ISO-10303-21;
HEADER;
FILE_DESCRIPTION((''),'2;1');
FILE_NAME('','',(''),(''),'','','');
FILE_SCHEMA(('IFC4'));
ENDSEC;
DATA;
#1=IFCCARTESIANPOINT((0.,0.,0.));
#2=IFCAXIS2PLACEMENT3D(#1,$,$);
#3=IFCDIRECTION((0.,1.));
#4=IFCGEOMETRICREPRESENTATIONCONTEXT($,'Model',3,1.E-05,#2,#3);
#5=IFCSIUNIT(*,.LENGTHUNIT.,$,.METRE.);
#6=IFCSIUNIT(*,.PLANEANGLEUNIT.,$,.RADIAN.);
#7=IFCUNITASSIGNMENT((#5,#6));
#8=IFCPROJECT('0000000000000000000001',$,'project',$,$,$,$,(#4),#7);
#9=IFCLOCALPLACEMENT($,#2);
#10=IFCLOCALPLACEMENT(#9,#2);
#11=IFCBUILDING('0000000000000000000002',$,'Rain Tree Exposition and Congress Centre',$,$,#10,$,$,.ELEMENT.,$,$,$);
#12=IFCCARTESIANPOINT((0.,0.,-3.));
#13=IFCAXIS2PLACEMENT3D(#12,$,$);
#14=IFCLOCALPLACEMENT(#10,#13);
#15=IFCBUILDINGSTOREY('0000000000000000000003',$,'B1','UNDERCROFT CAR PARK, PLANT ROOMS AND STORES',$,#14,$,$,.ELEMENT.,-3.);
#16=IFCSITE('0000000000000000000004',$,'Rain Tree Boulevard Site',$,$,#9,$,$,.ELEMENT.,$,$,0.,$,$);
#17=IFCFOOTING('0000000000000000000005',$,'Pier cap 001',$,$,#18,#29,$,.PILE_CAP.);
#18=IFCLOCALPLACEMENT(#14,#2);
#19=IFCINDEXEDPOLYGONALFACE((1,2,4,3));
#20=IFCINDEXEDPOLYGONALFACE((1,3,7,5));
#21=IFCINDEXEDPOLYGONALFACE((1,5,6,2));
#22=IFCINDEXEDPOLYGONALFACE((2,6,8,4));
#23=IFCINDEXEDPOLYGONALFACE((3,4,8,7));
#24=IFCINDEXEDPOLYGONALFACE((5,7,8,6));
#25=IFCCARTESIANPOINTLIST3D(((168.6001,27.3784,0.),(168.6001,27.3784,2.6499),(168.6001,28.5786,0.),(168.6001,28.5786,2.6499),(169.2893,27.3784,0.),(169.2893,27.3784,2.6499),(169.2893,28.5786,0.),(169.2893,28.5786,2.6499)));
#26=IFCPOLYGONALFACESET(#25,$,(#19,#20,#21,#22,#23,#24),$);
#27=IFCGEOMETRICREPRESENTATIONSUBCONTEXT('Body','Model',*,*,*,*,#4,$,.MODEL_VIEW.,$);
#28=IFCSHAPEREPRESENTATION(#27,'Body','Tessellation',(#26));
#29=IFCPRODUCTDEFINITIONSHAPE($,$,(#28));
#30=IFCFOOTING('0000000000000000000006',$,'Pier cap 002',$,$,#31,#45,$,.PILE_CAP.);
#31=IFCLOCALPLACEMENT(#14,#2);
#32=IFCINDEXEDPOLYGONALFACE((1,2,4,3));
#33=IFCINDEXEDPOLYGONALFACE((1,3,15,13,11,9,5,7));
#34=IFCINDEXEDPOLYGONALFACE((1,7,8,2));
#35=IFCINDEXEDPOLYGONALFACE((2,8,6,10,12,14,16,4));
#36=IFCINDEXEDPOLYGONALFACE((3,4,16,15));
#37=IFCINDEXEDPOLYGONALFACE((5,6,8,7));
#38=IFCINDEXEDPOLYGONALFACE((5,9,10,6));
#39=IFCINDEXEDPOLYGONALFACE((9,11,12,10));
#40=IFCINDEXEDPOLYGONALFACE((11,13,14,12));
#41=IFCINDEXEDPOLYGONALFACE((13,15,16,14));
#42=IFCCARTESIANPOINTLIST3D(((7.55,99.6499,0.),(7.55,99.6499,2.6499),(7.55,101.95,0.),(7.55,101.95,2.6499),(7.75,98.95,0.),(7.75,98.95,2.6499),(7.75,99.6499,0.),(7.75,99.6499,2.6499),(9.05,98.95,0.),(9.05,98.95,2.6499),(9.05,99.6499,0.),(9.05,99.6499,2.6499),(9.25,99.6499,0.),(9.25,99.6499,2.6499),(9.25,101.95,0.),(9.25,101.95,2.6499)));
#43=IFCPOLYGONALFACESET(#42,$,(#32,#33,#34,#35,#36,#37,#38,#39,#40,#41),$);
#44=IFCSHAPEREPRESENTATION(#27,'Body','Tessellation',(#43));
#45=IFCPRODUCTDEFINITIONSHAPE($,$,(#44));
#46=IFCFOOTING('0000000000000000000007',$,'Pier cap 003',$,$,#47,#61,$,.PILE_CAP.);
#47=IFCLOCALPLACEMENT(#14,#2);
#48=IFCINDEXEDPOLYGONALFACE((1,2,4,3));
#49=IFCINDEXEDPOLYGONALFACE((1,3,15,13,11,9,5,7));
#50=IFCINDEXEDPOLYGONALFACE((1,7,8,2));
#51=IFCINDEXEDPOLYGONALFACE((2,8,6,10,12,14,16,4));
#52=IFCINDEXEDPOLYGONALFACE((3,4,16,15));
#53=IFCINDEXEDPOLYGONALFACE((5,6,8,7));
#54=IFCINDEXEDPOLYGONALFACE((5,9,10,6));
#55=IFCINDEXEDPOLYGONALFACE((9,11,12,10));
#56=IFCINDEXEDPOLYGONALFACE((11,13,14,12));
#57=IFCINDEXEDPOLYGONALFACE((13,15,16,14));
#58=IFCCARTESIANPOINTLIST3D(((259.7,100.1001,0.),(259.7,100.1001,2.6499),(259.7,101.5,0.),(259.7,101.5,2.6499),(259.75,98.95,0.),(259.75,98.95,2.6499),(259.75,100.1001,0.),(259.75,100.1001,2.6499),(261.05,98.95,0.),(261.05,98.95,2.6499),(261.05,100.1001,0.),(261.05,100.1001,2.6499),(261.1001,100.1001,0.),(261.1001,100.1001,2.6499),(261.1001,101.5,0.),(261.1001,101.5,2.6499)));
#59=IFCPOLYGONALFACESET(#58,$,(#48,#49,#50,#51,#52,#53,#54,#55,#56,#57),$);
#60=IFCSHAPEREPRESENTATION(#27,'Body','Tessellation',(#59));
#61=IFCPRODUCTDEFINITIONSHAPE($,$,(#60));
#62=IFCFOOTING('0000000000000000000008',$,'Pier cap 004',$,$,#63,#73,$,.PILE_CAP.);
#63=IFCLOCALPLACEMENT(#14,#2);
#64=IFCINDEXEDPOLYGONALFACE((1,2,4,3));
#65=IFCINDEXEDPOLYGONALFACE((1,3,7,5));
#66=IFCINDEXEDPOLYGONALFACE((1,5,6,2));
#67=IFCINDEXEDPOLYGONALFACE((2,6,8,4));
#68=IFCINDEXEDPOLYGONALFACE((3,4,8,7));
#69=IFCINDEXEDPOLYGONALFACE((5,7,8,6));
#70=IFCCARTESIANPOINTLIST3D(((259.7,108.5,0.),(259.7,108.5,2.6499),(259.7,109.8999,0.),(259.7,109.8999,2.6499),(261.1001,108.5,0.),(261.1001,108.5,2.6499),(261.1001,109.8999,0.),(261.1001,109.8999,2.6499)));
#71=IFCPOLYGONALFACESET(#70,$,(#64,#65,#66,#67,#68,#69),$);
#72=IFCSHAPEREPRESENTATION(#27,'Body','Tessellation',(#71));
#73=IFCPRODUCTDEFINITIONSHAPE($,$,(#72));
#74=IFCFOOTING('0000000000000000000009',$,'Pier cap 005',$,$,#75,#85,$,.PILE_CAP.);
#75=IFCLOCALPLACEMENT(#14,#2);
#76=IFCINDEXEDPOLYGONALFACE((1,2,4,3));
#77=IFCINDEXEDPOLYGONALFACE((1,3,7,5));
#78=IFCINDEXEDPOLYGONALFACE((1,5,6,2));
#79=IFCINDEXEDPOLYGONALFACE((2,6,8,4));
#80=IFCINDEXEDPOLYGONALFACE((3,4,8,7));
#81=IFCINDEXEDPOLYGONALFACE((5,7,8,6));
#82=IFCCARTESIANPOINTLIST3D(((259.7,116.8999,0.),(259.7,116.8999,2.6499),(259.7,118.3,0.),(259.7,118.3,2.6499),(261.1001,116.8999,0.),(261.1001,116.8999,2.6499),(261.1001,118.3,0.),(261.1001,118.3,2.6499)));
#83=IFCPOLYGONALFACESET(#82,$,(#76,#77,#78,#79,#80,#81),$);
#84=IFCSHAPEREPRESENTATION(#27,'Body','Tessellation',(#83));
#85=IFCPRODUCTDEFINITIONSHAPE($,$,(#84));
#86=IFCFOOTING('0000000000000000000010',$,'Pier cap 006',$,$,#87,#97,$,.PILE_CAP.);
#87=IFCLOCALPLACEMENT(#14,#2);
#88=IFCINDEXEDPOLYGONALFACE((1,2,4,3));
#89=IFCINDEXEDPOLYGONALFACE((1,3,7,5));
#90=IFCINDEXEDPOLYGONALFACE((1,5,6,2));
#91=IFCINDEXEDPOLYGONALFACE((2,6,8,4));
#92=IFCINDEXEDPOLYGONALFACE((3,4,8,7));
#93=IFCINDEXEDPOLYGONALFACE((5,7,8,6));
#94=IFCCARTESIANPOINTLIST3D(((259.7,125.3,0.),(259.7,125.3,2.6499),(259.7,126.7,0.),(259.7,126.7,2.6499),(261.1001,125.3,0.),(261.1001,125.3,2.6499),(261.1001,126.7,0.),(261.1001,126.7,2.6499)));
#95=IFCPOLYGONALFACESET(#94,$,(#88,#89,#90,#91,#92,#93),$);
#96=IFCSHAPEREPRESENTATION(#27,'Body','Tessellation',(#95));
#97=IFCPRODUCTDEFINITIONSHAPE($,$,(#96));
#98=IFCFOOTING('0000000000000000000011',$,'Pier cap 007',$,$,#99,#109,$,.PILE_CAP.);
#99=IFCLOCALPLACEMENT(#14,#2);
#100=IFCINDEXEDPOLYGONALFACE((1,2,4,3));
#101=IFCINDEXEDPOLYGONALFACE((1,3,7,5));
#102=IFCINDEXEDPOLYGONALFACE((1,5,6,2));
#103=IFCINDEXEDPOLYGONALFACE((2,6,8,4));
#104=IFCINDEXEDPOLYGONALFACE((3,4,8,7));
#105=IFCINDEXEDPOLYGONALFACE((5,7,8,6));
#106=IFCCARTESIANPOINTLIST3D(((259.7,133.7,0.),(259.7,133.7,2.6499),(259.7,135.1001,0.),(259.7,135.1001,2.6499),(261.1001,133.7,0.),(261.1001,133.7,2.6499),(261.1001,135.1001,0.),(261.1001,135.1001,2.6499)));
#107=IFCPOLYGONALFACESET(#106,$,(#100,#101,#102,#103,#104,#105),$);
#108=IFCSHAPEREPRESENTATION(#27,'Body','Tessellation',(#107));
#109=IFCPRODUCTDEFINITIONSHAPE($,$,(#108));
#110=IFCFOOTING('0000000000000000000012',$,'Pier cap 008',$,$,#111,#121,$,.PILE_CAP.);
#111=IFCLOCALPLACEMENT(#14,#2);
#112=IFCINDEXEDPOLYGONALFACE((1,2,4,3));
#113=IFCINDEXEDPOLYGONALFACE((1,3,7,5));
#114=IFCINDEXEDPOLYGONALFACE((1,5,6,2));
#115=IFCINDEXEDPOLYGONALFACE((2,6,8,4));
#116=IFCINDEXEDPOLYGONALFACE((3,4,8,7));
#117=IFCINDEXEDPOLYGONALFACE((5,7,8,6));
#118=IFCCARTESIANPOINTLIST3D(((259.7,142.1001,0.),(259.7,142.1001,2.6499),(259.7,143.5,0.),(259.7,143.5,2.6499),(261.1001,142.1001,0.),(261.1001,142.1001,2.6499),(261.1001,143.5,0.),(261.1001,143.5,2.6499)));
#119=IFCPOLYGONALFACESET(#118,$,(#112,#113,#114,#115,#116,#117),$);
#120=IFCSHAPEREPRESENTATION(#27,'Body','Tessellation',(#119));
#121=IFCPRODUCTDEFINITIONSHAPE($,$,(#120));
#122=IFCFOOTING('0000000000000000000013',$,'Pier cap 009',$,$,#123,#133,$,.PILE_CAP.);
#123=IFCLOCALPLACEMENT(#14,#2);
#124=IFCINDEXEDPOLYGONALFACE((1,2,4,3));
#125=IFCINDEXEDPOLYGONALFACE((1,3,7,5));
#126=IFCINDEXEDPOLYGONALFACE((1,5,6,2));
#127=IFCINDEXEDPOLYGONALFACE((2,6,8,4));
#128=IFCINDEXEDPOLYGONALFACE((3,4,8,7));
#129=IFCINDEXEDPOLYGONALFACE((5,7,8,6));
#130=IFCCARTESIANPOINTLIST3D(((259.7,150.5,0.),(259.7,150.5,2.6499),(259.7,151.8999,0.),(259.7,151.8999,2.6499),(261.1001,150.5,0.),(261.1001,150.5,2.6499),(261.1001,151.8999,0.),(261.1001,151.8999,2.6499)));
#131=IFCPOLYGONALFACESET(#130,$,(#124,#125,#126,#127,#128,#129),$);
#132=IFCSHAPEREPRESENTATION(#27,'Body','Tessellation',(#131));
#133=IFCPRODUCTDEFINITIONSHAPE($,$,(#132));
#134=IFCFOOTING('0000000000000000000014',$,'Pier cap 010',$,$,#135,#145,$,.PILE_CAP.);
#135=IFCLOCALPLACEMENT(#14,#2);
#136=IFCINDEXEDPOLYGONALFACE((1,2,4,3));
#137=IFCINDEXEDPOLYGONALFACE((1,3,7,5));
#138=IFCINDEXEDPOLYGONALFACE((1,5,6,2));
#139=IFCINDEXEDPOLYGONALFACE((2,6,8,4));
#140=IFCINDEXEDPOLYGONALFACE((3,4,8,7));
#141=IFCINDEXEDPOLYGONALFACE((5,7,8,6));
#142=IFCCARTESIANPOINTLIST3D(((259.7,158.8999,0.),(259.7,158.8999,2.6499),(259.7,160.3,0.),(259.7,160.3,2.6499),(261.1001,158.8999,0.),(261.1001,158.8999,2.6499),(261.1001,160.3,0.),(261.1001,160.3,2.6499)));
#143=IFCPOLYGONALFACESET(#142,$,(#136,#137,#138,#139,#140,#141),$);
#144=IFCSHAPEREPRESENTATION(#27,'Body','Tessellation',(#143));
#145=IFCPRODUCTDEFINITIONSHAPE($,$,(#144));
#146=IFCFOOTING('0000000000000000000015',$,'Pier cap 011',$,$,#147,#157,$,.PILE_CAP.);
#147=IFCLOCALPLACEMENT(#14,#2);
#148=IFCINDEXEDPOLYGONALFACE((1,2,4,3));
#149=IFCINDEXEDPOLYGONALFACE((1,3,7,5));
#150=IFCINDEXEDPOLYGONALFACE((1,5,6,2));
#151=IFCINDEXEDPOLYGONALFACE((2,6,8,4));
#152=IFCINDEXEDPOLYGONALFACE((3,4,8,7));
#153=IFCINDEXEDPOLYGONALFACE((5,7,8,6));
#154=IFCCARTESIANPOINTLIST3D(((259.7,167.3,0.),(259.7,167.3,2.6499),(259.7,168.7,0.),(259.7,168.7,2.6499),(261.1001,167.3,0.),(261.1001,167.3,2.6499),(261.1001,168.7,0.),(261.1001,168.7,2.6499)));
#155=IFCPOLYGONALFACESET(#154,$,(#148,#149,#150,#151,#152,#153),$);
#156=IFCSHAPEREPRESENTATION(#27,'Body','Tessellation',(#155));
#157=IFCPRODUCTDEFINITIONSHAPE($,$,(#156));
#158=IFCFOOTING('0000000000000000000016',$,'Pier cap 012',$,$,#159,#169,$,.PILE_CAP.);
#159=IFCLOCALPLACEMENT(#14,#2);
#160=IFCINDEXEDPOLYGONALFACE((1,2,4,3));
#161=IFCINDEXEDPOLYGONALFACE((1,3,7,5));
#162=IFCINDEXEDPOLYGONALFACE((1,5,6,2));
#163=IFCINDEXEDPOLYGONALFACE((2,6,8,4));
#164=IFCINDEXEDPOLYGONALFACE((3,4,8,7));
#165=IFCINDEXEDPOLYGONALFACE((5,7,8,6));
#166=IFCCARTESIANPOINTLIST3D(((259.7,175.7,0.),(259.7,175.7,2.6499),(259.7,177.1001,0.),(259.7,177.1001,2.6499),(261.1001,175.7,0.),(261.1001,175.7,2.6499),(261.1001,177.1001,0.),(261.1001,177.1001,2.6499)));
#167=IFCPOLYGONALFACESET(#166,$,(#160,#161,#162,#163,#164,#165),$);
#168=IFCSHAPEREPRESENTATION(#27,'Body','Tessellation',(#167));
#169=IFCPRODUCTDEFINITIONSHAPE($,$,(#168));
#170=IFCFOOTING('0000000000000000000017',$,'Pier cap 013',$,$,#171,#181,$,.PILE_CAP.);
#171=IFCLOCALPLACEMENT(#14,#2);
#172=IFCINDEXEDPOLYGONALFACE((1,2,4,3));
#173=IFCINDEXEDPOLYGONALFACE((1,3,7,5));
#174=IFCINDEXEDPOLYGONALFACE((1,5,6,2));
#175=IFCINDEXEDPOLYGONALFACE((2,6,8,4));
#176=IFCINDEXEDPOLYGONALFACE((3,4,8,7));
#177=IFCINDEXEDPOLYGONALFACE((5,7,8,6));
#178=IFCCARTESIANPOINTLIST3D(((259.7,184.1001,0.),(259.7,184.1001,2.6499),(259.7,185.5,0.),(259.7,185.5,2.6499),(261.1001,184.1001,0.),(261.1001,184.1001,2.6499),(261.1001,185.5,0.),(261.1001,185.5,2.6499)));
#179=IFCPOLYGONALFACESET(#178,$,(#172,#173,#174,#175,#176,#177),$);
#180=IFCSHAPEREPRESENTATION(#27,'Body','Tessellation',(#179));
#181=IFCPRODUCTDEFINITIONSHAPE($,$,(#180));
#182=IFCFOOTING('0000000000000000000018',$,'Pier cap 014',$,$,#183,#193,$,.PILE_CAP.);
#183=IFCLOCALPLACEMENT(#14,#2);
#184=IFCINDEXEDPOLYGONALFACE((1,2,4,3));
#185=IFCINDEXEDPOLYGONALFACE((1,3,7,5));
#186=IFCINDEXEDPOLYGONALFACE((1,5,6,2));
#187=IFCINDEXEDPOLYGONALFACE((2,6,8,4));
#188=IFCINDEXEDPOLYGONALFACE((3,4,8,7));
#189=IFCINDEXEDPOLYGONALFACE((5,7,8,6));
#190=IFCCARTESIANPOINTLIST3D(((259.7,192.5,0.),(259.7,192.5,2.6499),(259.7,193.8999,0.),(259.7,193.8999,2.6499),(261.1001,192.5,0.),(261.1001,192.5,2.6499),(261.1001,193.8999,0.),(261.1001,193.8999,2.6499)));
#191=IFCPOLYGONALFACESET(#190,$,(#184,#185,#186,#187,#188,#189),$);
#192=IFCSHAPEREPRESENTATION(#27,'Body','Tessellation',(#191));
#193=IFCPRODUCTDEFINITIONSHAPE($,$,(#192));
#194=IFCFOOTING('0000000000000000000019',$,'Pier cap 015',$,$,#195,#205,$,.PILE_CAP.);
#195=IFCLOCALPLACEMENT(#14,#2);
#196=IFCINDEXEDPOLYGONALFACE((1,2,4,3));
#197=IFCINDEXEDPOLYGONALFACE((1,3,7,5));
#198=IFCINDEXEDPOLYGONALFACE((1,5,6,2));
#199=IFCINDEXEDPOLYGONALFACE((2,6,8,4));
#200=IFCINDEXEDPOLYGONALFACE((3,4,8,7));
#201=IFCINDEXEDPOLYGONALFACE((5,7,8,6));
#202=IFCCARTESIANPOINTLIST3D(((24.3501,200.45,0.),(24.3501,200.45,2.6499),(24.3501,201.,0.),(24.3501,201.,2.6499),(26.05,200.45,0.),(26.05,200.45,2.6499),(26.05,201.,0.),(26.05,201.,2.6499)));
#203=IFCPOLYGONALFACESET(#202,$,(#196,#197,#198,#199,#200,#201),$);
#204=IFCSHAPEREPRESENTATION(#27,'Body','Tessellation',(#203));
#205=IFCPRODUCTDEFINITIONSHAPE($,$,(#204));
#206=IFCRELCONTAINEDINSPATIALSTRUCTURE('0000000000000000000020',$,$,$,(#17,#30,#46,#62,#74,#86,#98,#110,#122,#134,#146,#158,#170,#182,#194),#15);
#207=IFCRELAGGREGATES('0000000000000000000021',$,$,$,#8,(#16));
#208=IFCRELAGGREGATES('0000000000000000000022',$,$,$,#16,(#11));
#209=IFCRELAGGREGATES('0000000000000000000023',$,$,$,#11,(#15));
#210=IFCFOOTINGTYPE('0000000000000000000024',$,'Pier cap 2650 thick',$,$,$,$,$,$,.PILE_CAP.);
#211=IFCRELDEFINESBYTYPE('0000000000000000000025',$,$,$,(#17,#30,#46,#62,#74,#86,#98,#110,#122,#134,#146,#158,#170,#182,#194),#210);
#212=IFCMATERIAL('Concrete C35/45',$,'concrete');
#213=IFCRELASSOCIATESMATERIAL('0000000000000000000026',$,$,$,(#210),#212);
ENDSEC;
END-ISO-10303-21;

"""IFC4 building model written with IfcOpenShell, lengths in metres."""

from ifc_helpers import new_model, si_unit, direction, frame, origin, place, context, subcontext, project, spatial, polyline, outline, extrude, material, type_object, element, save


model = new_model("IFC4")

# Units and contexts
model_context = context("Model", 3, precision=1e-05, world=origin(), true_north=direction((0.0, 1.0)))
body_context = subcontext(model_context, "Body", "Model", "MODEL_VIEW")
ifc_project = project(units=[si_unit("LENGTHUNIT", "METRE"), si_unit("PLANEANGLEUNIT", "RADIAN")], contexts=[model_context])

# Site, building, storey
site_placement = place(None, origin())
site = spatial("IfcSite", under=ifc_project, at=site_placement, Name="Rain Tree Boulevard Site", CompositionType="ELEMENT", RefElevation=0.0)
building_placement = place(site_placement, origin())
building = spatial("IfcBuilding", under=site, at=building_placement, Name="Rain Tree Exposition and Congress Centre", CompositionType="ELEMENT")
storey_placement = place(building_placement, frame((0.0, 0.0, -3.0)))
storey = spatial("IfcBuildingStorey", under=building, at=storey_placement, Name="B1", Description="UNDERCROFT CAR PARK, PLANT ROOMS AND STORES", CompositionType="ELEMENT", Elevation=-3.0)

# Footings
ifc_material_1 = material(Name="Concrete C35/45", Category="concrete")
footing_type_1 = type_object("IfcFootingType", Name="Pier cap 2650 thick", PredefinedType="PILE_CAP", material=ifc_material_1)
footing_1_placement = place(storey_placement, origin())
element("IfcFooting", 1, at=footing_1_placement, inside=storey, type_object=footing_type_1, Name="Pier cap 001", PredefinedType="PILE_CAP", context=body_context, shape_type="SweptSolid", body=[
    extrude(outline(polyline([(168.6001, 28.5786), (168.6001, 27.3784), (169.2893, 27.3784), (169.2893, 28.5786), (168.6001, 28.5786)])), origin(), (0.0, 0.0, 1.0), 2.6499),
])
footing_2_placement = place(storey_placement, origin())
element("IfcFooting", 2, at=footing_2_placement, inside=storey, type_object=footing_type_1, Name="Pier cap 002", PredefinedType="PILE_CAP", context=body_context, shape_type="SweptSolid", body=[
    extrude(outline(polyline([(9.05, 98.95), (9.05, 99.6499), (9.25, 99.6499), (9.25, 101.95), (7.55, 101.95), (7.55, 99.6499), (7.75, 99.6499), (7.75, 98.95), (9.05, 98.95)])), origin(), (0.0, 0.0, 1.0), 2.6499),
])
footing_3_placement = place(storey_placement, origin())
element("IfcFooting", 3, at=footing_3_placement, inside=storey, type_object=footing_type_1, Name="Pier cap 003", PredefinedType="PILE_CAP", context=body_context, shape_type="SweptSolid", body=[
    extrude(outline(polyline([(261.05, 98.95), (261.05, 100.1001), (261.1001, 100.1001), (261.1001, 101.5), (259.7, 101.5), (259.7, 100.1001), (259.75, 100.1001), (259.75, 98.95), (261.05, 98.95)])), origin(), (0.0, 0.0, 1.0), 2.6499),
])
footing_4_placement = place(storey_placement, origin())
element("IfcFooting", 4, at=footing_4_placement, inside=storey, type_object=footing_type_1, Name="Pier cap 004", PredefinedType="PILE_CAP", context=body_context, shape_type="SweptSolid", body=[
    extrude(outline(polyline([(259.7, 109.8999), (259.7, 108.5), (261.1001, 108.5), (261.1001, 109.8999), (259.7, 109.8999)])), origin(), (0.0, 0.0, 1.0), 2.6499),
])
footing_5_placement = place(storey_placement, origin())
element("IfcFooting", 5, at=footing_5_placement, inside=storey, type_object=footing_type_1, Name="Pier cap 005", PredefinedType="PILE_CAP", context=body_context, shape_type="SweptSolid", body=[
    extrude(outline(polyline([(259.7, 118.3), (259.7, 116.8999), (261.1001, 116.8999), (261.1001, 118.3), (259.7, 118.3)])), origin(), (0.0, 0.0, 1.0), 2.6499),
])
footing_6_placement = place(storey_placement, origin())
element("IfcFooting", 6, at=footing_6_placement, inside=storey, type_object=footing_type_1, Name="Pier cap 006", PredefinedType="PILE_CAP", context=body_context, shape_type="SweptSolid", body=[
    extrude(outline(polyline([(259.7, 126.7), (259.7, 125.3), (261.1001, 125.3), (261.1001, 126.7), (259.7, 126.7)])), origin(), (0.0, 0.0, 1.0), 2.6499),
])
footing_7_placement = place(storey_placement, origin())
element("IfcFooting", 7, at=footing_7_placement, inside=storey, type_object=footing_type_1, Name="Pier cap 007", PredefinedType="PILE_CAP", context=body_context, shape_type="SweptSolid", body=[
    extrude(outline(polyline([(259.7, 135.1001), (259.7, 133.7), (261.1001, 133.7), (261.1001, 135.1001), (259.7, 135.1001)])), origin(), (0.0, 0.0, 1.0), 2.6499),
])
footing_8_placement = place(storey_placement, origin())
element("IfcFooting", 8, at=footing_8_placement, inside=storey, type_object=footing_type_1, Name="Pier cap 008", PredefinedType="PILE_CAP", context=body_context, shape_type="SweptSolid", body=[
    extrude(outline(polyline([(259.7, 143.5), (259.7, 142.1001), (261.1001, 142.1001), (261.1001, 143.5), (259.7, 143.5)])), origin(), (0.0, 0.0, 1.0), 2.6499),
])
footing_9_placement = place(storey_placement, origin())
element("IfcFooting", 9, at=footing_9_placement, inside=storey, type_object=footing_type_1, Name="Pier cap 009", PredefinedType="PILE_CAP", context=body_context, shape_type="SweptSolid", body=[
    extrude(outline(polyline([(259.7, 151.8999), (259.7, 150.5), (261.1001, 150.5), (261.1001, 151.8999), (259.7, 151.8999)])), origin(), (0.0, 0.0, 1.0), 2.6499),
])
footing_10_placement = place(storey_placement, origin())
element("IfcFooting", 10, at=footing_10_placement, inside=storey, type_object=footing_type_1, Name="Pier cap 010", PredefinedType="PILE_CAP", context=body_context, shape_type="SweptSolid", body=[
    extrude(outline(polyline([(259.7, 160.3), (259.7, 158.8999), (261.1001, 158.8999), (261.1001, 160.3), (259.7, 160.3)])), origin(), (0.0, 0.0, 1.0), 2.6499),
])
footing_11_placement = place(storey_placement, origin())
element("IfcFooting", 11, at=footing_11_placement, inside=storey, type_object=footing_type_1, Name="Pier cap 011", PredefinedType="PILE_CAP", context=body_context, shape_type="SweptSolid", body=[
    extrude(outline(polyline([(259.7, 168.7), (259.7, 167.3), (261.1001, 167.3), (261.1001, 168.7), (259.7, 168.7)])), origin(), (0.0, 0.0, 1.0), 2.6499),
])
footing_12_placement = place(storey_placement, origin())
element("IfcFooting", 12, at=footing_12_placement, inside=storey, type_object=footing_type_1, Name="Pier cap 012", PredefinedType="PILE_CAP", context=body_context, shape_type="SweptSolid", body=[
    extrude(outline(polyline([(259.7, 177.1001), (259.7, 175.7), (261.1001, 175.7), (261.1001, 177.1001), (259.7, 177.1001)])), origin(), (0.0, 0.0, 1.0), 2.6499),
])
footing_13_placement = place(storey_placement, origin())
element("IfcFooting", 13, at=footing_13_placement, inside=storey, type_object=footing_type_1, Name="Pier cap 013", PredefinedType="PILE_CAP", context=body_context, shape_type="SweptSolid", body=[
    extrude(outline(polyline([(259.7, 185.5), (259.7, 184.1001), (261.1001, 184.1001), (261.1001, 185.5), (259.7, 185.5)])), origin(), (0.0, 0.0, 1.0), 2.6499),
])
footing_14_placement = place(storey_placement, origin())
element("IfcFooting", 14, at=footing_14_placement, inside=storey, type_object=footing_type_1, Name="Pier cap 014", PredefinedType="PILE_CAP", context=body_context, shape_type="SweptSolid", body=[
    extrude(outline(polyline([(259.7, 193.8999), (259.7, 192.5), (261.1001, 192.5), (261.1001, 193.8999), (259.7, 193.8999)])), origin(), (0.0, 0.0, 1.0), 2.6499),
])
footing_15_placement = place(storey_placement, origin())
element("IfcFooting", 15, at=footing_15_placement, inside=storey, type_object=footing_type_1, Name="Pier cap 015", PredefinedType="PILE_CAP", context=body_context, shape_type="SweptSolid", body=[
    extrude(outline(polyline([(24.3501, 201.0), (24.3501, 200.45), (26.05, 200.45), (26.05, 201.0), (24.3501, 201.0)])), origin(), (0.0, 0.0, 1.0), 2.6499),
])

save(model, "model.ifc")
